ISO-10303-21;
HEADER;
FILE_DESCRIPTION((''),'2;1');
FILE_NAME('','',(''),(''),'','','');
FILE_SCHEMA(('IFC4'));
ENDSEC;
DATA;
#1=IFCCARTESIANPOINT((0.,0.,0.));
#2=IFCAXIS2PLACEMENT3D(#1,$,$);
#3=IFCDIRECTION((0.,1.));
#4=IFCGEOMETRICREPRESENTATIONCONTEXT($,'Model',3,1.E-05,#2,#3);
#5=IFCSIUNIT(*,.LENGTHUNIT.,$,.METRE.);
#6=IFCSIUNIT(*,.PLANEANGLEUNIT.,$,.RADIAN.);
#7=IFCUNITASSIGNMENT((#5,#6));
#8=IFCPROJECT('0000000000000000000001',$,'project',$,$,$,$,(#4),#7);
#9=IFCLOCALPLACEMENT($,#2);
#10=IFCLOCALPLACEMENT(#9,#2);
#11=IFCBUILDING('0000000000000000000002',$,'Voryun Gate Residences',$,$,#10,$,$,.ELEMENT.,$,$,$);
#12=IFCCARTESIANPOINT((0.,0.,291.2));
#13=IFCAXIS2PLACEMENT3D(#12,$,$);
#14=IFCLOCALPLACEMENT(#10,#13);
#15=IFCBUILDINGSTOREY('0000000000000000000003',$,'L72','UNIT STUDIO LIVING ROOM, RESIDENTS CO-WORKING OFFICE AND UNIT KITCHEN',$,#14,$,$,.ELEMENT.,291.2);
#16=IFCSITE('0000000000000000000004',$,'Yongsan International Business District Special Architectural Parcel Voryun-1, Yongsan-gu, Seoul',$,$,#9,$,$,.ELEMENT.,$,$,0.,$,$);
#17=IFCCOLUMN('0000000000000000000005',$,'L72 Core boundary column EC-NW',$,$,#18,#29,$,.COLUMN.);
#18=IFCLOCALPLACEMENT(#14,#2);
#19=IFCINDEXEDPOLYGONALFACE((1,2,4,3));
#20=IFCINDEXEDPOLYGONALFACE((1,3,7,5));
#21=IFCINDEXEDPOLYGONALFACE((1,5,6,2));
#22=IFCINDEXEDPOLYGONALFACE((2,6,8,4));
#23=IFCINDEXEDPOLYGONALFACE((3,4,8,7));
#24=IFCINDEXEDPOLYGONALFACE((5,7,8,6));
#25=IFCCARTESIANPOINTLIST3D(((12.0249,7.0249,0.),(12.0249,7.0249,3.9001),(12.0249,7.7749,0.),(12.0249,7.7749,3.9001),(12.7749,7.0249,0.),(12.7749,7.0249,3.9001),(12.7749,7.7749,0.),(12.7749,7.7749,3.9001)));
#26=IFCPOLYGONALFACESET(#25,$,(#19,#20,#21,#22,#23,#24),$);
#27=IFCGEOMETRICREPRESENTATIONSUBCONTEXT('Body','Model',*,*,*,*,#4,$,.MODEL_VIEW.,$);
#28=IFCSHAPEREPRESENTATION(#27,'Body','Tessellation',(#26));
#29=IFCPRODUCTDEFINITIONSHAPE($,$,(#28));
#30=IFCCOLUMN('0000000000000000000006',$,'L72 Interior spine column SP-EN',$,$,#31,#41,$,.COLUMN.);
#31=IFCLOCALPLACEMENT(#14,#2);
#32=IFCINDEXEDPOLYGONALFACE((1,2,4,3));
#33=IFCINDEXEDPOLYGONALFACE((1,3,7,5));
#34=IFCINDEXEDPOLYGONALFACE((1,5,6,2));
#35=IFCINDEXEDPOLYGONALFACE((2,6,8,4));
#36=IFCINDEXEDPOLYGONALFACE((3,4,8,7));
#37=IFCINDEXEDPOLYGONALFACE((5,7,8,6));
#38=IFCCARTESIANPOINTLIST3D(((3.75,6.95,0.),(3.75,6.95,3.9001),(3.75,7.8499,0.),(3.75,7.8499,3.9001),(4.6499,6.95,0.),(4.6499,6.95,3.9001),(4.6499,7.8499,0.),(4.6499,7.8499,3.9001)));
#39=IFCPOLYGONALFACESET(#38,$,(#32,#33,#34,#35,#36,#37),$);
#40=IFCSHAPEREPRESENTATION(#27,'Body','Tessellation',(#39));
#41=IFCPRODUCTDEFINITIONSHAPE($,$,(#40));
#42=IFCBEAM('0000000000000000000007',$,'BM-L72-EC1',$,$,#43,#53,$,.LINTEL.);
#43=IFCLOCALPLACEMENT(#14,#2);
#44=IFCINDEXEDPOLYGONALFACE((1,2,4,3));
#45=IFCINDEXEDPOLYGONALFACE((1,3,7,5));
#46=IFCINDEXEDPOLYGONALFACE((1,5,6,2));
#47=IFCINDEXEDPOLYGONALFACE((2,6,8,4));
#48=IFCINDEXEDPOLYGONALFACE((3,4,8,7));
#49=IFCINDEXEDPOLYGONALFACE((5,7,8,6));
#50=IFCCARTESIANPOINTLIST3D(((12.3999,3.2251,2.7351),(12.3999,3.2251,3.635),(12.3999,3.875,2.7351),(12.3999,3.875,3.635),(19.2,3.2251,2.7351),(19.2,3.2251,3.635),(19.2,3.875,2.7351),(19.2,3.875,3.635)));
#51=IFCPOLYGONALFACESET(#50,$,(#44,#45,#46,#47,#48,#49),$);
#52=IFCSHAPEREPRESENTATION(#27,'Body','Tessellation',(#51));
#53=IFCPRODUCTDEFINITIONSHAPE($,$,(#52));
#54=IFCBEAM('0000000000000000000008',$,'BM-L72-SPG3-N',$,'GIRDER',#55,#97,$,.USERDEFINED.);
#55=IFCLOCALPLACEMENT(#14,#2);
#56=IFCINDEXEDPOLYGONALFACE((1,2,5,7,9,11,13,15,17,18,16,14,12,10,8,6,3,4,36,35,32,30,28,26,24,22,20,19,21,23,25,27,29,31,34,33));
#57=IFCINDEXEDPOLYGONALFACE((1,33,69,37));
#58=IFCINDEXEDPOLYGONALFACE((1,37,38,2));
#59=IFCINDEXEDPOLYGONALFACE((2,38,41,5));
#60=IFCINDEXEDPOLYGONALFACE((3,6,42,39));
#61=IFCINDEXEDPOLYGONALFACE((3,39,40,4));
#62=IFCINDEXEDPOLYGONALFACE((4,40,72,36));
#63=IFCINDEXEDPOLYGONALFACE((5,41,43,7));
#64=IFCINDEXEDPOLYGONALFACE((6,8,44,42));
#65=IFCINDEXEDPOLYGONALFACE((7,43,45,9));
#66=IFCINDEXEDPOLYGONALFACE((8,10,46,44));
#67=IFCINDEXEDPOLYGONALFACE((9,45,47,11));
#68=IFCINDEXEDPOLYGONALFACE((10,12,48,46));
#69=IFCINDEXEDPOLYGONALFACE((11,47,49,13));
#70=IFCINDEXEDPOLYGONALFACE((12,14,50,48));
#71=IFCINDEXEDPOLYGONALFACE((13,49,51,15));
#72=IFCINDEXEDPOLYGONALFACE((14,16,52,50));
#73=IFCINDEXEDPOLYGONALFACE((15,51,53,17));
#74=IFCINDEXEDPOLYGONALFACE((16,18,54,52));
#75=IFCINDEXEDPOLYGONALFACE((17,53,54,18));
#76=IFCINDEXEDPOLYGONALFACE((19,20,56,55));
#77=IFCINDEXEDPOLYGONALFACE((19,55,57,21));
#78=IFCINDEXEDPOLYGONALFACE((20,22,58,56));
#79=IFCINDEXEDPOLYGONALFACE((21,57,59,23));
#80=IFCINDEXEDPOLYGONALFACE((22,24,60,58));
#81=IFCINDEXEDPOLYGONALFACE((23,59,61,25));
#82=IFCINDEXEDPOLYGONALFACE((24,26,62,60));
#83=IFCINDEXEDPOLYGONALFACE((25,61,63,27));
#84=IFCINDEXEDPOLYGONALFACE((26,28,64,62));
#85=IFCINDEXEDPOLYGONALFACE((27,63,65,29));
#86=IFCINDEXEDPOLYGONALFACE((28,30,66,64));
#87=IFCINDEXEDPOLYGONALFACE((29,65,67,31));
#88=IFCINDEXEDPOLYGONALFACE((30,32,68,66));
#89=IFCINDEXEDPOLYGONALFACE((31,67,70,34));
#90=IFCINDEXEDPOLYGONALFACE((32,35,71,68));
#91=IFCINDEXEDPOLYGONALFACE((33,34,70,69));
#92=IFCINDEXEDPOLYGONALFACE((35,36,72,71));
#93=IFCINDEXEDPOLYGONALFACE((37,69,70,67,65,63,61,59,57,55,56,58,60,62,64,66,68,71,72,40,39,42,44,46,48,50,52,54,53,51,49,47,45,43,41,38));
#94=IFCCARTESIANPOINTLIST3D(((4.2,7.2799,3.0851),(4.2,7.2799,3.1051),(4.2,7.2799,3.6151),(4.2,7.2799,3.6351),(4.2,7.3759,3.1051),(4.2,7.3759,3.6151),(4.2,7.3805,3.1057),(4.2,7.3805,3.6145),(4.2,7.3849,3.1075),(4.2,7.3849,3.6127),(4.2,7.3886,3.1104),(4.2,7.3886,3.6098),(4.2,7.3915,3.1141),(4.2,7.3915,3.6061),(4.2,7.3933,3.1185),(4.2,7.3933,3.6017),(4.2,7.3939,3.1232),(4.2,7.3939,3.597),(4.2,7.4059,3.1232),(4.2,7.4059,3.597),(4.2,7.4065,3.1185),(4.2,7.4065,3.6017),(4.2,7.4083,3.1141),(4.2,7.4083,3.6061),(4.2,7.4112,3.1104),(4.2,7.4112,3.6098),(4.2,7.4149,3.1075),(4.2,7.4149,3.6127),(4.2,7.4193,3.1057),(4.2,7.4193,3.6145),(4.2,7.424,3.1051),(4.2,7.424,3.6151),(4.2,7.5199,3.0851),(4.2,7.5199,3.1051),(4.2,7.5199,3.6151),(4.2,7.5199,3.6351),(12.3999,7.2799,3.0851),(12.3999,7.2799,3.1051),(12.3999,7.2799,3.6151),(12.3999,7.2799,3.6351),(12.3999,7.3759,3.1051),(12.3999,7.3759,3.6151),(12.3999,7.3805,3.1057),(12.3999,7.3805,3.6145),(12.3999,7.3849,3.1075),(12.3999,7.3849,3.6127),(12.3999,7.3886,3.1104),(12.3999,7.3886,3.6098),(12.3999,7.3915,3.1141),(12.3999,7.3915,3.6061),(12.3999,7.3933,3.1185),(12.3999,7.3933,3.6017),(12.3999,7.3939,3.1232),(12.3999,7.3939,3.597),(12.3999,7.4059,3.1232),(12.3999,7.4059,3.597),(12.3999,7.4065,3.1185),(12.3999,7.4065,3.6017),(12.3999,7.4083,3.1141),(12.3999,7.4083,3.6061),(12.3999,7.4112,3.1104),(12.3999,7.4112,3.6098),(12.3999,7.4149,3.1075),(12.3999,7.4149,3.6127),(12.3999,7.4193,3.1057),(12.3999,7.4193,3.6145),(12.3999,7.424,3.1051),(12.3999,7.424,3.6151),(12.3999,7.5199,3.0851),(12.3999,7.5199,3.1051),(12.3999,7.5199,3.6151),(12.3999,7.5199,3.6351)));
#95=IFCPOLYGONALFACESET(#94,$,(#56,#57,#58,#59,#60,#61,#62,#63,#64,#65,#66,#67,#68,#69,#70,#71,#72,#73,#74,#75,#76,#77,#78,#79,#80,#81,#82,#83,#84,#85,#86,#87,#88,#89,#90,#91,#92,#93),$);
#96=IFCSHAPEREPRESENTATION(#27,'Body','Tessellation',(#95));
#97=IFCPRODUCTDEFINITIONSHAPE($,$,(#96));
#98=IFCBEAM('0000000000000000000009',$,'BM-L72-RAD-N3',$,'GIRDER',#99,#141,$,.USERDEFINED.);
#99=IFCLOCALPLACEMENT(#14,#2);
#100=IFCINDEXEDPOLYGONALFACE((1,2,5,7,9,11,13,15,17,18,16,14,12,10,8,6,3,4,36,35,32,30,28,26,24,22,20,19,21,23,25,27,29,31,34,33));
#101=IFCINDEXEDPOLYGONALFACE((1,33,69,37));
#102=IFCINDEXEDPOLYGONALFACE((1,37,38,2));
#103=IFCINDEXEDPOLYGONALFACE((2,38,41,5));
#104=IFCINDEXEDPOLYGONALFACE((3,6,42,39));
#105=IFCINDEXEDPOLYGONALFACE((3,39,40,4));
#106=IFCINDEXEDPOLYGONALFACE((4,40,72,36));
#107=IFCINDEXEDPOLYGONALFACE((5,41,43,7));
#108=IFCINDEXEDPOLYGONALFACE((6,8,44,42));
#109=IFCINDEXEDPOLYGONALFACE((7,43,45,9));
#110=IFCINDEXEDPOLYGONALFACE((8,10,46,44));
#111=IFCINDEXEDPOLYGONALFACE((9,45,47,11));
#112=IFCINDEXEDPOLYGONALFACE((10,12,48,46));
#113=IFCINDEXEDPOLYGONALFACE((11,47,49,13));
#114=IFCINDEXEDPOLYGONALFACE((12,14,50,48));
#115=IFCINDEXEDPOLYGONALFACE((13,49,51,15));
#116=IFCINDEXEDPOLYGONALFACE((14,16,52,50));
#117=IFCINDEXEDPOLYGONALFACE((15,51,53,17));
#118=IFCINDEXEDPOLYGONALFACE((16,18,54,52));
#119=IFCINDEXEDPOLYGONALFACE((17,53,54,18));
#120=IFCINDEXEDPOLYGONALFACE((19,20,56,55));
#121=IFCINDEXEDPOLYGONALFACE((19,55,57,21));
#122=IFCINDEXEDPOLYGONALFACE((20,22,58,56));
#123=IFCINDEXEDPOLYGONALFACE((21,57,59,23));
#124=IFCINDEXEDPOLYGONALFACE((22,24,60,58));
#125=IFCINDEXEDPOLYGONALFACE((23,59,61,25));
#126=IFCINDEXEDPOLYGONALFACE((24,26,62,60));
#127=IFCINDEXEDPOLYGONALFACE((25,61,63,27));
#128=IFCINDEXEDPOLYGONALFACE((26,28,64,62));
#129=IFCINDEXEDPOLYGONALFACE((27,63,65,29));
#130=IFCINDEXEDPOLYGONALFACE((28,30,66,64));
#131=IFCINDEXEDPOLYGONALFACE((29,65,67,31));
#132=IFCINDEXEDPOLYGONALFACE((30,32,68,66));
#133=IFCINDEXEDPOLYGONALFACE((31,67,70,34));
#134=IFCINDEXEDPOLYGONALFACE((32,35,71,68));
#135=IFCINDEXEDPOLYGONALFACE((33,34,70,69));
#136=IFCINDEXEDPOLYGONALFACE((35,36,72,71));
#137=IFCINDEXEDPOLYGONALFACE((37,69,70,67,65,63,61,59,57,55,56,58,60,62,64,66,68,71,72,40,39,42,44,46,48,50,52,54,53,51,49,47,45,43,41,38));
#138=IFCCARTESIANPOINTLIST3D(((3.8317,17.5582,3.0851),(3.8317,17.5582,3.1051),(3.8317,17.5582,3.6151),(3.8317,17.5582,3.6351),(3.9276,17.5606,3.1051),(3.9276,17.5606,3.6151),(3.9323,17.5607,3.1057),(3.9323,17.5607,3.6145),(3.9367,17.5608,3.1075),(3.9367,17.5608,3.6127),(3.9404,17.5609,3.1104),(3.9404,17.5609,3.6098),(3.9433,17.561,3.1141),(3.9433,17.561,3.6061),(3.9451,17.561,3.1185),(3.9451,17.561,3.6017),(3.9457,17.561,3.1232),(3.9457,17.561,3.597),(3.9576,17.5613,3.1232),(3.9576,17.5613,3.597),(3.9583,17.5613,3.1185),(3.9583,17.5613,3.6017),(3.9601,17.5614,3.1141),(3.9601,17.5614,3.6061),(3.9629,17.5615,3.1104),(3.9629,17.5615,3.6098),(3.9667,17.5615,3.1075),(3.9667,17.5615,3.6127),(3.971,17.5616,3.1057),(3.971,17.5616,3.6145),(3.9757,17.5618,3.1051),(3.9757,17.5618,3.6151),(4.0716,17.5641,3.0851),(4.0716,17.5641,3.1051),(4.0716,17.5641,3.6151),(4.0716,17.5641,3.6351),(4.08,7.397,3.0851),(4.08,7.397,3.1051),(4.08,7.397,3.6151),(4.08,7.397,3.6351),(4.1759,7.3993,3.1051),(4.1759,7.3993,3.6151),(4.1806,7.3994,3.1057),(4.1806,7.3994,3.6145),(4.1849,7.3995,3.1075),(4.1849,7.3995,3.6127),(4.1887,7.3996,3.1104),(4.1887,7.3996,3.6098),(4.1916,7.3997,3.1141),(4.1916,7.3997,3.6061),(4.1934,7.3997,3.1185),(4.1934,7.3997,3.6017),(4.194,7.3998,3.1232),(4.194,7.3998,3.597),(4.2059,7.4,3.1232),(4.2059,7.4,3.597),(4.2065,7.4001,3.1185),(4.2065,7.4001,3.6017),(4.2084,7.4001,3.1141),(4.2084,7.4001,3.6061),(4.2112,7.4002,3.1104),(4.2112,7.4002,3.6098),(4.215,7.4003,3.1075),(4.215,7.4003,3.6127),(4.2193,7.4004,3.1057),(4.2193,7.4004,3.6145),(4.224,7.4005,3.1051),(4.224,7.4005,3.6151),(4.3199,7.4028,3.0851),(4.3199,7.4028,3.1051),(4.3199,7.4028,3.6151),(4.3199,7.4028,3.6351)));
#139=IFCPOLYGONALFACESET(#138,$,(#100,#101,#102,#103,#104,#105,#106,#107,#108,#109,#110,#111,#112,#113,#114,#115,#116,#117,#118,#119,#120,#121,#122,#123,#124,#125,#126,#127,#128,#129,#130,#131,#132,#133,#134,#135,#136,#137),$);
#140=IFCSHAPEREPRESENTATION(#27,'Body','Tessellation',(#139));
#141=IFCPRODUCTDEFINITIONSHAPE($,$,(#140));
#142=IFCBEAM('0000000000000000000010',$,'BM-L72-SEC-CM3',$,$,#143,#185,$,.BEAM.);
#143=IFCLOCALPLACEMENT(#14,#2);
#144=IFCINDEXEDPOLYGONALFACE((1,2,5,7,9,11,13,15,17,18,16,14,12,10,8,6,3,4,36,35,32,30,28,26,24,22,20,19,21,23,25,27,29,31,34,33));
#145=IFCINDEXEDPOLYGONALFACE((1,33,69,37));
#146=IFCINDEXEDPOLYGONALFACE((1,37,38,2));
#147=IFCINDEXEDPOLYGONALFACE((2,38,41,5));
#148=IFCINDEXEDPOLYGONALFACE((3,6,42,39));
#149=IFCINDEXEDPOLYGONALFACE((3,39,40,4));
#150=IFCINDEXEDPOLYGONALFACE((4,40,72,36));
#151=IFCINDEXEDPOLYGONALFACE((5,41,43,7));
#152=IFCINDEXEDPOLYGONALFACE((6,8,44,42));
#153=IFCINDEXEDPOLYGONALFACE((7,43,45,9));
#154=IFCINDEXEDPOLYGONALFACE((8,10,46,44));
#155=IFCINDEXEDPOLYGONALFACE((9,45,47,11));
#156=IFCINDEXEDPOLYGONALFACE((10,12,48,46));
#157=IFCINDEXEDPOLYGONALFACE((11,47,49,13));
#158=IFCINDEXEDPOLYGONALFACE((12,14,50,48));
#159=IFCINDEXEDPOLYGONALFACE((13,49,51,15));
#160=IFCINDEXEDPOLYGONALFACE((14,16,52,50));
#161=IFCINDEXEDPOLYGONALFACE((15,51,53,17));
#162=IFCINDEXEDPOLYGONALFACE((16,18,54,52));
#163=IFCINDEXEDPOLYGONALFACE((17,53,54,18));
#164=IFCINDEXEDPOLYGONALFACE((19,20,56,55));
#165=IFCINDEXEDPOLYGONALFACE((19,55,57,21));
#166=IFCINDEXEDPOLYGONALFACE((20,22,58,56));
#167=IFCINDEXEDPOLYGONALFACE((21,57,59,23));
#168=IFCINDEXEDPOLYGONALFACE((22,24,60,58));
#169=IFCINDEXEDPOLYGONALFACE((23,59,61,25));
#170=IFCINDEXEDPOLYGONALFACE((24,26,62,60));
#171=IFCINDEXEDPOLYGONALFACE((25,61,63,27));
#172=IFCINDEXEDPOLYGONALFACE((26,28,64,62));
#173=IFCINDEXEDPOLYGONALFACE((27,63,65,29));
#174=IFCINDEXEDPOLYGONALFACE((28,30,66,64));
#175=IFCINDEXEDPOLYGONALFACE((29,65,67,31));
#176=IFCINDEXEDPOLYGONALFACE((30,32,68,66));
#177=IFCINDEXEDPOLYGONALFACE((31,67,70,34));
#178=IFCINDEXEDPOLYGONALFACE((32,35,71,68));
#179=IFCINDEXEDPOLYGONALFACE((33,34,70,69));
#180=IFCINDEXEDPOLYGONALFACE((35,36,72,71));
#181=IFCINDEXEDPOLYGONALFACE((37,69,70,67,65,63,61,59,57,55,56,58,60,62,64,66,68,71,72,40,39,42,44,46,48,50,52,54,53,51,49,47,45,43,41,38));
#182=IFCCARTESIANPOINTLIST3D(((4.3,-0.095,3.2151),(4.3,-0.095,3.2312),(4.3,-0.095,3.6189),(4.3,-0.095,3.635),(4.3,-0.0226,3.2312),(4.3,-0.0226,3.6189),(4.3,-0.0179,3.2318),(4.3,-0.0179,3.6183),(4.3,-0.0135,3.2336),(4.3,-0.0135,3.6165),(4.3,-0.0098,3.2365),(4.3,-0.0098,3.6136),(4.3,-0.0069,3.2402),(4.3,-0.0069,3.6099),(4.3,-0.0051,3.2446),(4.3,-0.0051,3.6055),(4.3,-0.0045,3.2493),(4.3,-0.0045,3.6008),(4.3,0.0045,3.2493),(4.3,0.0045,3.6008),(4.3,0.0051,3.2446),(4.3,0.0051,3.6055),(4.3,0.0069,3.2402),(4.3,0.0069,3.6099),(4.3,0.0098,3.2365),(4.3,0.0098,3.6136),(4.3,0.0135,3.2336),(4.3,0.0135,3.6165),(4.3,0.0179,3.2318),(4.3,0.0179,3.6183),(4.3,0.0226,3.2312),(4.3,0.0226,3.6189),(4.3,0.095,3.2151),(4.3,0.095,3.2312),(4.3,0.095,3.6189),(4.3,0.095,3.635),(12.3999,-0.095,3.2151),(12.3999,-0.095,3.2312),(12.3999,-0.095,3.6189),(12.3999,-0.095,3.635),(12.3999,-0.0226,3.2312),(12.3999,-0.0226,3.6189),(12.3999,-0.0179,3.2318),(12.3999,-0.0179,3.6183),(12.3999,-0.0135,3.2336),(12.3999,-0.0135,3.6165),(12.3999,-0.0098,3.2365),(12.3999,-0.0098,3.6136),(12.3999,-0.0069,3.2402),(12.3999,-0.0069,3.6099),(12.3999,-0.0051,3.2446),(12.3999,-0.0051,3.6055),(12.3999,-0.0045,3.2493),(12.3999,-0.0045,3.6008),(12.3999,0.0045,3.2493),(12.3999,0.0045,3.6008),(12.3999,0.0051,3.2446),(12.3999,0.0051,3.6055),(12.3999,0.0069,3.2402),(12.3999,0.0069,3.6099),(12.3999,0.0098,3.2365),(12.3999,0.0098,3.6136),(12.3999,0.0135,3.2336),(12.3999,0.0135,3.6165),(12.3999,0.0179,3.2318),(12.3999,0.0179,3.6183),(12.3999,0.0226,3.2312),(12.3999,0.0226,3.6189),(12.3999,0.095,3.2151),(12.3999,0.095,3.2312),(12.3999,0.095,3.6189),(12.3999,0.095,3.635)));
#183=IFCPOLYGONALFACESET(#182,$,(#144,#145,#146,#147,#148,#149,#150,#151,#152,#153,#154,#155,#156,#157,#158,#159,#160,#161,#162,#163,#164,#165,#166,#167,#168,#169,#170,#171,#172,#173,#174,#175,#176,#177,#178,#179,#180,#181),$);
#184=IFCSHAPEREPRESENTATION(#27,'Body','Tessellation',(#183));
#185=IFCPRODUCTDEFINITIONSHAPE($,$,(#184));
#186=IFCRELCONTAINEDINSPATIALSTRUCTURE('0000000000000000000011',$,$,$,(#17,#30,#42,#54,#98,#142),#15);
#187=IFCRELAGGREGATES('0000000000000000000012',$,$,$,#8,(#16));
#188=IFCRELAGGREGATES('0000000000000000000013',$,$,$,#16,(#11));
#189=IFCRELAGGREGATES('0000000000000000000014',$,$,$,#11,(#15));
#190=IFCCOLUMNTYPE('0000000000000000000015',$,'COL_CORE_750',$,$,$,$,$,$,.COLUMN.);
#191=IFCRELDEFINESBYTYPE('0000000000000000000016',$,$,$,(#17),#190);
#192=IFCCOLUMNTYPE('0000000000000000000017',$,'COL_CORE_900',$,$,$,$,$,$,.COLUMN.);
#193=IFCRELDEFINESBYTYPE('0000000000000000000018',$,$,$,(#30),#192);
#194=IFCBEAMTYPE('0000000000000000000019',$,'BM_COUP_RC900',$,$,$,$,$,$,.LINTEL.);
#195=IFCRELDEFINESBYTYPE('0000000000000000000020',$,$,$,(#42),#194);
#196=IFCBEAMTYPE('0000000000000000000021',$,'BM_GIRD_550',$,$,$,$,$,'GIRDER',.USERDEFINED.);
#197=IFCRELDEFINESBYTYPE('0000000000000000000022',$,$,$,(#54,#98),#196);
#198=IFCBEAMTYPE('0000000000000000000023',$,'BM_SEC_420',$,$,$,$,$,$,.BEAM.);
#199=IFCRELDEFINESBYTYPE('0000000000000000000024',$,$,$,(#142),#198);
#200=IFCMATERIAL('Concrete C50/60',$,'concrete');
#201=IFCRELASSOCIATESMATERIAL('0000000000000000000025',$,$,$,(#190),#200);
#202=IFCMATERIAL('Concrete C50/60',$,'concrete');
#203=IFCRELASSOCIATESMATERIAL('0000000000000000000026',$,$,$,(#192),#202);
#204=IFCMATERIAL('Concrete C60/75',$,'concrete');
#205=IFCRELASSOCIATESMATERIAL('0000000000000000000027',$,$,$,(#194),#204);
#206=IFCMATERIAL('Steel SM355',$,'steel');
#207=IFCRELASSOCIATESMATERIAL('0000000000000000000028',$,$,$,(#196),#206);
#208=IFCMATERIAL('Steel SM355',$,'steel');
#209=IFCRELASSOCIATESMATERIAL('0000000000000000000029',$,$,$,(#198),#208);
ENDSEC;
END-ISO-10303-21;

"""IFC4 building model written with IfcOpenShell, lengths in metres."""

from ifc_helpers import new_model, si_unit, direction, frame, origin, origin_2d, place, context, subcontext, project, spatial, rectangle, i_section, extrude, material, material_profile, profile_set, type_object, element, save


model = new_model("IFC4")

# Units and contexts
model_context = context("Model", 3, precision=1e-05, world=origin(), true_north=direction((0.0, 1.0)))
body_context = subcontext(model_context, "Body", "Model", "MODEL_VIEW")
ifc_project = project(units=[si_unit("LENGTHUNIT", "METRE"), si_unit("PLANEANGLEUNIT", "RADIAN")], contexts=[model_context])

# Site, building, storey
site_placement = place(None, origin())
site = spatial("IfcSite", under=ifc_project, at=site_placement, Name="Yongsan International Business District Special Architectural Parcel Voryun-1, Yongsan-gu, Seoul", CompositionType="ELEMENT", RefElevation=0.0)
building_placement = place(site_placement, origin())
building = spatial("IfcBuilding", under=site, at=building_placement, Name="Voryun Gate Residences", CompositionType="ELEMENT")
storey_placement = place(building_placement, frame((0.0, 0.0, 291.2)))
storey = spatial("IfcBuildingStorey", under=building, at=storey_placement, Name="L72", Description="UNIT STUDIO LIVING ROOM, RESIDENTS CO-WORKING OFFICE AND UNIT KITCHEN", CompositionType="ELEMENT", Elevation=291.2)

# Columns
ifc_material_1 = material(Name="Concrete C50/60", Category="concrete")
ifc_material_profile_1 = material_profile(ifc_material_1, rectangle(XDim=0.75, YDim=0.75, at=origin_2d()), Name="RC-750x750")
ifc_profile_set_1 = profile_set([ifc_material_profile_1], Name="Concrete C50/60")
column_type_1 = type_object("IfcColumnType", Name="COL_CORE_750", PredefinedType="COLUMN", material=ifc_profile_set_1)
column_1_placement = place(storey_placement, frame((12.3999, 7.3999, 0.0), z_axis=(0.0, 0.0, 1.0), x_axis=(1.0, 0.0, 0.0)))
element("IfcColumn", 1, at=column_1_placement, inside=storey, type_object=column_type_1, Name="L72 Core boundary column EC-NW", PredefinedType="COLUMN", context=body_context, shape_type="SweptSolid", body=[
    extrude(rectangle(XDim=0.75, YDim=0.75, at=origin_2d()), origin(), (0.0, 0.0, 1.0), 3.9001),
])
ifc_material_2 = material(Name="Concrete C50/60", Category="concrete")
ifc_material_profile_2 = material_profile(ifc_material_2, rectangle(XDim=0.8999, YDim=0.8999, at=origin_2d()), Name="RC-900x900")
ifc_profile_set_2 = profile_set([ifc_material_profile_2], Name="Concrete C50/60")
column_type_2 = type_object("IfcColumnType", Name="COL_CORE_900", PredefinedType="COLUMN", material=ifc_profile_set_2)
column_2_placement = place(storey_placement, frame((4.2, 7.3999, 0.0), z_axis=(0.0, 0.0, 1.0), x_axis=(1.0, 0.0, 0.0)))
element("IfcColumn", 2, at=column_2_placement, inside=storey, type_object=column_type_2, Name="L72 Interior spine column SP-EN", PredefinedType="COLUMN", context=body_context, shape_type="SweptSolid", body=[
    extrude(rectangle(XDim=0.8999, YDim=0.8999, at=origin_2d()), origin(), (0.0, 0.0, 1.0), 3.9001),
])

# Beams
ifc_material_3 = material(Name="Concrete C60/75", Category="concrete")
ifc_material_profile_3 = material_profile(ifc_material_3, rectangle(XDim=0.6499, YDim=0.8999, at=origin_2d()), Name="RC-650x900")
ifc_profile_set_3 = profile_set([ifc_material_profile_3], Name="Concrete C60/75")
beam_type_1 = type_object("IfcBeamType", Name="BM_COUP_RC900", PredefinedType="LINTEL", material=ifc_profile_set_3)
beam_1_placement = place(storey_placement, frame((12.3999, 3.55, 3.1851), z_axis=(1.0, 0.0, 0.0), x_axis=(0.0, 1.0, 0.0)))
element("IfcBeam", 3, at=beam_1_placement, inside=storey, type_object=beam_type_1, Name="BM-L72-EC1", PredefinedType="LINTEL", context=body_context, shape_type="SweptSolid", body=[
    extrude(rectangle(XDim=0.6499, YDim=0.8999, at=origin_2d()), origin(), (0.0, 0.0, 1.0), 6.8),
])
ifc_material_4 = material(Name="Steel SM355", Category="steel")
ifc_material_profile_4 = material_profile(ifc_material_4, i_section(OverallWidth=0.24, OverallDepth=0.55, WebThickness=0.012, FlangeThickness=0.02, FilletRadius=0.0181, at=origin_2d()), Name="H-550x240x12x20")
ifc_profile_set_4 = profile_set([ifc_material_profile_4], Name="Steel SM355")
beam_type_2 = type_object("IfcBeamType", Name="BM_GIRD_550", ElementType="GIRDER", PredefinedType="USERDEFINED", material=ifc_profile_set_4)
beam_2_placement = place(storey_placement, frame((4.2, 7.3999, 3.3601), z_axis=(1.0, 0.0, 0.0), x_axis=(0.0, 1.0, 0.0)))
element("IfcBeam", 4, at=beam_2_placement, inside=storey, type_object=beam_type_2, Name="BM-L72-SPG3-N", ObjectType="GIRDER", PredefinedType="USERDEFINED", context=body_context, shape_type="SweptSolid", body=[
    extrude(i_section(OverallWidth=0.24, OverallDepth=0.55, WebThickness=0.012, FlangeThickness=0.02, FilletRadius=0.0181, at=origin_2d()), origin(), (0.0, 0.0, 1.0), 8.2),
])
beam_3_placement = place(storey_placement, frame((4.2, 7.3999, 3.3601), z_axis=(-0.024427, 0.999702, 0.0), x_axis=(-0.999702, -0.024427, 0.0)))
element("IfcBeam", 5, at=beam_3_placement, inside=storey, type_object=beam_type_2, Name="BM-L72-RAD-N3", ObjectType="GIRDER", PredefinedType="USERDEFINED", context=body_context, shape_type="SweptSolid", body=[
    extrude(i_section(OverallWidth=0.24, OverallDepth=0.55, WebThickness=0.012, FlangeThickness=0.02, FilletRadius=0.0181, at=origin_2d()), origin(), (0.0, 0.0, 1.0), 10.1643),
])
ifc_material_5 = material(Name="Steel SM355", Category="steel")
ifc_material_profile_5 = material_profile(ifc_material_5, i_section(OverallWidth=0.1899, OverallDepth=0.4199, WebThickness=0.009, FlangeThickness=0.0161, FilletRadius=0.0181, at=origin_2d()), Name="H-420x190x9x16")
ifc_profile_set_5 = profile_set([ifc_material_profile_5], Name="Steel SM355")
beam_type_3 = type_object("IfcBeamType", Name="BM_SEC_420", PredefinedType="BEAM", material=ifc_profile_set_5)
for number, where, z_axis, x_axis, name in (
    (6, (4.3, 0.0, 3.425), (1.0, 0.0, 0.0), (0.0, 1.0, 0.0), "BM-L72-SEC-CM3"),
):
    element("IfcBeam", number, at=place(storey_placement, frame(where, z_axis=z_axis, x_axis=x_axis)), inside=storey, type_object=beam_type_3, Name=name, PredefinedType="BEAM", context=body_context, shape_type="SweptSolid", body=[
        extrude(i_section(OverallWidth=0.1899, OverallDepth=0.4199, WebThickness=0.009, FlangeThickness=0.0161, FilletRadius=0.0181, at=origin_2d()), origin(), (0.0, 0.0, 1.0), 8.0999),
    ])

save(model, "model.ifc")
